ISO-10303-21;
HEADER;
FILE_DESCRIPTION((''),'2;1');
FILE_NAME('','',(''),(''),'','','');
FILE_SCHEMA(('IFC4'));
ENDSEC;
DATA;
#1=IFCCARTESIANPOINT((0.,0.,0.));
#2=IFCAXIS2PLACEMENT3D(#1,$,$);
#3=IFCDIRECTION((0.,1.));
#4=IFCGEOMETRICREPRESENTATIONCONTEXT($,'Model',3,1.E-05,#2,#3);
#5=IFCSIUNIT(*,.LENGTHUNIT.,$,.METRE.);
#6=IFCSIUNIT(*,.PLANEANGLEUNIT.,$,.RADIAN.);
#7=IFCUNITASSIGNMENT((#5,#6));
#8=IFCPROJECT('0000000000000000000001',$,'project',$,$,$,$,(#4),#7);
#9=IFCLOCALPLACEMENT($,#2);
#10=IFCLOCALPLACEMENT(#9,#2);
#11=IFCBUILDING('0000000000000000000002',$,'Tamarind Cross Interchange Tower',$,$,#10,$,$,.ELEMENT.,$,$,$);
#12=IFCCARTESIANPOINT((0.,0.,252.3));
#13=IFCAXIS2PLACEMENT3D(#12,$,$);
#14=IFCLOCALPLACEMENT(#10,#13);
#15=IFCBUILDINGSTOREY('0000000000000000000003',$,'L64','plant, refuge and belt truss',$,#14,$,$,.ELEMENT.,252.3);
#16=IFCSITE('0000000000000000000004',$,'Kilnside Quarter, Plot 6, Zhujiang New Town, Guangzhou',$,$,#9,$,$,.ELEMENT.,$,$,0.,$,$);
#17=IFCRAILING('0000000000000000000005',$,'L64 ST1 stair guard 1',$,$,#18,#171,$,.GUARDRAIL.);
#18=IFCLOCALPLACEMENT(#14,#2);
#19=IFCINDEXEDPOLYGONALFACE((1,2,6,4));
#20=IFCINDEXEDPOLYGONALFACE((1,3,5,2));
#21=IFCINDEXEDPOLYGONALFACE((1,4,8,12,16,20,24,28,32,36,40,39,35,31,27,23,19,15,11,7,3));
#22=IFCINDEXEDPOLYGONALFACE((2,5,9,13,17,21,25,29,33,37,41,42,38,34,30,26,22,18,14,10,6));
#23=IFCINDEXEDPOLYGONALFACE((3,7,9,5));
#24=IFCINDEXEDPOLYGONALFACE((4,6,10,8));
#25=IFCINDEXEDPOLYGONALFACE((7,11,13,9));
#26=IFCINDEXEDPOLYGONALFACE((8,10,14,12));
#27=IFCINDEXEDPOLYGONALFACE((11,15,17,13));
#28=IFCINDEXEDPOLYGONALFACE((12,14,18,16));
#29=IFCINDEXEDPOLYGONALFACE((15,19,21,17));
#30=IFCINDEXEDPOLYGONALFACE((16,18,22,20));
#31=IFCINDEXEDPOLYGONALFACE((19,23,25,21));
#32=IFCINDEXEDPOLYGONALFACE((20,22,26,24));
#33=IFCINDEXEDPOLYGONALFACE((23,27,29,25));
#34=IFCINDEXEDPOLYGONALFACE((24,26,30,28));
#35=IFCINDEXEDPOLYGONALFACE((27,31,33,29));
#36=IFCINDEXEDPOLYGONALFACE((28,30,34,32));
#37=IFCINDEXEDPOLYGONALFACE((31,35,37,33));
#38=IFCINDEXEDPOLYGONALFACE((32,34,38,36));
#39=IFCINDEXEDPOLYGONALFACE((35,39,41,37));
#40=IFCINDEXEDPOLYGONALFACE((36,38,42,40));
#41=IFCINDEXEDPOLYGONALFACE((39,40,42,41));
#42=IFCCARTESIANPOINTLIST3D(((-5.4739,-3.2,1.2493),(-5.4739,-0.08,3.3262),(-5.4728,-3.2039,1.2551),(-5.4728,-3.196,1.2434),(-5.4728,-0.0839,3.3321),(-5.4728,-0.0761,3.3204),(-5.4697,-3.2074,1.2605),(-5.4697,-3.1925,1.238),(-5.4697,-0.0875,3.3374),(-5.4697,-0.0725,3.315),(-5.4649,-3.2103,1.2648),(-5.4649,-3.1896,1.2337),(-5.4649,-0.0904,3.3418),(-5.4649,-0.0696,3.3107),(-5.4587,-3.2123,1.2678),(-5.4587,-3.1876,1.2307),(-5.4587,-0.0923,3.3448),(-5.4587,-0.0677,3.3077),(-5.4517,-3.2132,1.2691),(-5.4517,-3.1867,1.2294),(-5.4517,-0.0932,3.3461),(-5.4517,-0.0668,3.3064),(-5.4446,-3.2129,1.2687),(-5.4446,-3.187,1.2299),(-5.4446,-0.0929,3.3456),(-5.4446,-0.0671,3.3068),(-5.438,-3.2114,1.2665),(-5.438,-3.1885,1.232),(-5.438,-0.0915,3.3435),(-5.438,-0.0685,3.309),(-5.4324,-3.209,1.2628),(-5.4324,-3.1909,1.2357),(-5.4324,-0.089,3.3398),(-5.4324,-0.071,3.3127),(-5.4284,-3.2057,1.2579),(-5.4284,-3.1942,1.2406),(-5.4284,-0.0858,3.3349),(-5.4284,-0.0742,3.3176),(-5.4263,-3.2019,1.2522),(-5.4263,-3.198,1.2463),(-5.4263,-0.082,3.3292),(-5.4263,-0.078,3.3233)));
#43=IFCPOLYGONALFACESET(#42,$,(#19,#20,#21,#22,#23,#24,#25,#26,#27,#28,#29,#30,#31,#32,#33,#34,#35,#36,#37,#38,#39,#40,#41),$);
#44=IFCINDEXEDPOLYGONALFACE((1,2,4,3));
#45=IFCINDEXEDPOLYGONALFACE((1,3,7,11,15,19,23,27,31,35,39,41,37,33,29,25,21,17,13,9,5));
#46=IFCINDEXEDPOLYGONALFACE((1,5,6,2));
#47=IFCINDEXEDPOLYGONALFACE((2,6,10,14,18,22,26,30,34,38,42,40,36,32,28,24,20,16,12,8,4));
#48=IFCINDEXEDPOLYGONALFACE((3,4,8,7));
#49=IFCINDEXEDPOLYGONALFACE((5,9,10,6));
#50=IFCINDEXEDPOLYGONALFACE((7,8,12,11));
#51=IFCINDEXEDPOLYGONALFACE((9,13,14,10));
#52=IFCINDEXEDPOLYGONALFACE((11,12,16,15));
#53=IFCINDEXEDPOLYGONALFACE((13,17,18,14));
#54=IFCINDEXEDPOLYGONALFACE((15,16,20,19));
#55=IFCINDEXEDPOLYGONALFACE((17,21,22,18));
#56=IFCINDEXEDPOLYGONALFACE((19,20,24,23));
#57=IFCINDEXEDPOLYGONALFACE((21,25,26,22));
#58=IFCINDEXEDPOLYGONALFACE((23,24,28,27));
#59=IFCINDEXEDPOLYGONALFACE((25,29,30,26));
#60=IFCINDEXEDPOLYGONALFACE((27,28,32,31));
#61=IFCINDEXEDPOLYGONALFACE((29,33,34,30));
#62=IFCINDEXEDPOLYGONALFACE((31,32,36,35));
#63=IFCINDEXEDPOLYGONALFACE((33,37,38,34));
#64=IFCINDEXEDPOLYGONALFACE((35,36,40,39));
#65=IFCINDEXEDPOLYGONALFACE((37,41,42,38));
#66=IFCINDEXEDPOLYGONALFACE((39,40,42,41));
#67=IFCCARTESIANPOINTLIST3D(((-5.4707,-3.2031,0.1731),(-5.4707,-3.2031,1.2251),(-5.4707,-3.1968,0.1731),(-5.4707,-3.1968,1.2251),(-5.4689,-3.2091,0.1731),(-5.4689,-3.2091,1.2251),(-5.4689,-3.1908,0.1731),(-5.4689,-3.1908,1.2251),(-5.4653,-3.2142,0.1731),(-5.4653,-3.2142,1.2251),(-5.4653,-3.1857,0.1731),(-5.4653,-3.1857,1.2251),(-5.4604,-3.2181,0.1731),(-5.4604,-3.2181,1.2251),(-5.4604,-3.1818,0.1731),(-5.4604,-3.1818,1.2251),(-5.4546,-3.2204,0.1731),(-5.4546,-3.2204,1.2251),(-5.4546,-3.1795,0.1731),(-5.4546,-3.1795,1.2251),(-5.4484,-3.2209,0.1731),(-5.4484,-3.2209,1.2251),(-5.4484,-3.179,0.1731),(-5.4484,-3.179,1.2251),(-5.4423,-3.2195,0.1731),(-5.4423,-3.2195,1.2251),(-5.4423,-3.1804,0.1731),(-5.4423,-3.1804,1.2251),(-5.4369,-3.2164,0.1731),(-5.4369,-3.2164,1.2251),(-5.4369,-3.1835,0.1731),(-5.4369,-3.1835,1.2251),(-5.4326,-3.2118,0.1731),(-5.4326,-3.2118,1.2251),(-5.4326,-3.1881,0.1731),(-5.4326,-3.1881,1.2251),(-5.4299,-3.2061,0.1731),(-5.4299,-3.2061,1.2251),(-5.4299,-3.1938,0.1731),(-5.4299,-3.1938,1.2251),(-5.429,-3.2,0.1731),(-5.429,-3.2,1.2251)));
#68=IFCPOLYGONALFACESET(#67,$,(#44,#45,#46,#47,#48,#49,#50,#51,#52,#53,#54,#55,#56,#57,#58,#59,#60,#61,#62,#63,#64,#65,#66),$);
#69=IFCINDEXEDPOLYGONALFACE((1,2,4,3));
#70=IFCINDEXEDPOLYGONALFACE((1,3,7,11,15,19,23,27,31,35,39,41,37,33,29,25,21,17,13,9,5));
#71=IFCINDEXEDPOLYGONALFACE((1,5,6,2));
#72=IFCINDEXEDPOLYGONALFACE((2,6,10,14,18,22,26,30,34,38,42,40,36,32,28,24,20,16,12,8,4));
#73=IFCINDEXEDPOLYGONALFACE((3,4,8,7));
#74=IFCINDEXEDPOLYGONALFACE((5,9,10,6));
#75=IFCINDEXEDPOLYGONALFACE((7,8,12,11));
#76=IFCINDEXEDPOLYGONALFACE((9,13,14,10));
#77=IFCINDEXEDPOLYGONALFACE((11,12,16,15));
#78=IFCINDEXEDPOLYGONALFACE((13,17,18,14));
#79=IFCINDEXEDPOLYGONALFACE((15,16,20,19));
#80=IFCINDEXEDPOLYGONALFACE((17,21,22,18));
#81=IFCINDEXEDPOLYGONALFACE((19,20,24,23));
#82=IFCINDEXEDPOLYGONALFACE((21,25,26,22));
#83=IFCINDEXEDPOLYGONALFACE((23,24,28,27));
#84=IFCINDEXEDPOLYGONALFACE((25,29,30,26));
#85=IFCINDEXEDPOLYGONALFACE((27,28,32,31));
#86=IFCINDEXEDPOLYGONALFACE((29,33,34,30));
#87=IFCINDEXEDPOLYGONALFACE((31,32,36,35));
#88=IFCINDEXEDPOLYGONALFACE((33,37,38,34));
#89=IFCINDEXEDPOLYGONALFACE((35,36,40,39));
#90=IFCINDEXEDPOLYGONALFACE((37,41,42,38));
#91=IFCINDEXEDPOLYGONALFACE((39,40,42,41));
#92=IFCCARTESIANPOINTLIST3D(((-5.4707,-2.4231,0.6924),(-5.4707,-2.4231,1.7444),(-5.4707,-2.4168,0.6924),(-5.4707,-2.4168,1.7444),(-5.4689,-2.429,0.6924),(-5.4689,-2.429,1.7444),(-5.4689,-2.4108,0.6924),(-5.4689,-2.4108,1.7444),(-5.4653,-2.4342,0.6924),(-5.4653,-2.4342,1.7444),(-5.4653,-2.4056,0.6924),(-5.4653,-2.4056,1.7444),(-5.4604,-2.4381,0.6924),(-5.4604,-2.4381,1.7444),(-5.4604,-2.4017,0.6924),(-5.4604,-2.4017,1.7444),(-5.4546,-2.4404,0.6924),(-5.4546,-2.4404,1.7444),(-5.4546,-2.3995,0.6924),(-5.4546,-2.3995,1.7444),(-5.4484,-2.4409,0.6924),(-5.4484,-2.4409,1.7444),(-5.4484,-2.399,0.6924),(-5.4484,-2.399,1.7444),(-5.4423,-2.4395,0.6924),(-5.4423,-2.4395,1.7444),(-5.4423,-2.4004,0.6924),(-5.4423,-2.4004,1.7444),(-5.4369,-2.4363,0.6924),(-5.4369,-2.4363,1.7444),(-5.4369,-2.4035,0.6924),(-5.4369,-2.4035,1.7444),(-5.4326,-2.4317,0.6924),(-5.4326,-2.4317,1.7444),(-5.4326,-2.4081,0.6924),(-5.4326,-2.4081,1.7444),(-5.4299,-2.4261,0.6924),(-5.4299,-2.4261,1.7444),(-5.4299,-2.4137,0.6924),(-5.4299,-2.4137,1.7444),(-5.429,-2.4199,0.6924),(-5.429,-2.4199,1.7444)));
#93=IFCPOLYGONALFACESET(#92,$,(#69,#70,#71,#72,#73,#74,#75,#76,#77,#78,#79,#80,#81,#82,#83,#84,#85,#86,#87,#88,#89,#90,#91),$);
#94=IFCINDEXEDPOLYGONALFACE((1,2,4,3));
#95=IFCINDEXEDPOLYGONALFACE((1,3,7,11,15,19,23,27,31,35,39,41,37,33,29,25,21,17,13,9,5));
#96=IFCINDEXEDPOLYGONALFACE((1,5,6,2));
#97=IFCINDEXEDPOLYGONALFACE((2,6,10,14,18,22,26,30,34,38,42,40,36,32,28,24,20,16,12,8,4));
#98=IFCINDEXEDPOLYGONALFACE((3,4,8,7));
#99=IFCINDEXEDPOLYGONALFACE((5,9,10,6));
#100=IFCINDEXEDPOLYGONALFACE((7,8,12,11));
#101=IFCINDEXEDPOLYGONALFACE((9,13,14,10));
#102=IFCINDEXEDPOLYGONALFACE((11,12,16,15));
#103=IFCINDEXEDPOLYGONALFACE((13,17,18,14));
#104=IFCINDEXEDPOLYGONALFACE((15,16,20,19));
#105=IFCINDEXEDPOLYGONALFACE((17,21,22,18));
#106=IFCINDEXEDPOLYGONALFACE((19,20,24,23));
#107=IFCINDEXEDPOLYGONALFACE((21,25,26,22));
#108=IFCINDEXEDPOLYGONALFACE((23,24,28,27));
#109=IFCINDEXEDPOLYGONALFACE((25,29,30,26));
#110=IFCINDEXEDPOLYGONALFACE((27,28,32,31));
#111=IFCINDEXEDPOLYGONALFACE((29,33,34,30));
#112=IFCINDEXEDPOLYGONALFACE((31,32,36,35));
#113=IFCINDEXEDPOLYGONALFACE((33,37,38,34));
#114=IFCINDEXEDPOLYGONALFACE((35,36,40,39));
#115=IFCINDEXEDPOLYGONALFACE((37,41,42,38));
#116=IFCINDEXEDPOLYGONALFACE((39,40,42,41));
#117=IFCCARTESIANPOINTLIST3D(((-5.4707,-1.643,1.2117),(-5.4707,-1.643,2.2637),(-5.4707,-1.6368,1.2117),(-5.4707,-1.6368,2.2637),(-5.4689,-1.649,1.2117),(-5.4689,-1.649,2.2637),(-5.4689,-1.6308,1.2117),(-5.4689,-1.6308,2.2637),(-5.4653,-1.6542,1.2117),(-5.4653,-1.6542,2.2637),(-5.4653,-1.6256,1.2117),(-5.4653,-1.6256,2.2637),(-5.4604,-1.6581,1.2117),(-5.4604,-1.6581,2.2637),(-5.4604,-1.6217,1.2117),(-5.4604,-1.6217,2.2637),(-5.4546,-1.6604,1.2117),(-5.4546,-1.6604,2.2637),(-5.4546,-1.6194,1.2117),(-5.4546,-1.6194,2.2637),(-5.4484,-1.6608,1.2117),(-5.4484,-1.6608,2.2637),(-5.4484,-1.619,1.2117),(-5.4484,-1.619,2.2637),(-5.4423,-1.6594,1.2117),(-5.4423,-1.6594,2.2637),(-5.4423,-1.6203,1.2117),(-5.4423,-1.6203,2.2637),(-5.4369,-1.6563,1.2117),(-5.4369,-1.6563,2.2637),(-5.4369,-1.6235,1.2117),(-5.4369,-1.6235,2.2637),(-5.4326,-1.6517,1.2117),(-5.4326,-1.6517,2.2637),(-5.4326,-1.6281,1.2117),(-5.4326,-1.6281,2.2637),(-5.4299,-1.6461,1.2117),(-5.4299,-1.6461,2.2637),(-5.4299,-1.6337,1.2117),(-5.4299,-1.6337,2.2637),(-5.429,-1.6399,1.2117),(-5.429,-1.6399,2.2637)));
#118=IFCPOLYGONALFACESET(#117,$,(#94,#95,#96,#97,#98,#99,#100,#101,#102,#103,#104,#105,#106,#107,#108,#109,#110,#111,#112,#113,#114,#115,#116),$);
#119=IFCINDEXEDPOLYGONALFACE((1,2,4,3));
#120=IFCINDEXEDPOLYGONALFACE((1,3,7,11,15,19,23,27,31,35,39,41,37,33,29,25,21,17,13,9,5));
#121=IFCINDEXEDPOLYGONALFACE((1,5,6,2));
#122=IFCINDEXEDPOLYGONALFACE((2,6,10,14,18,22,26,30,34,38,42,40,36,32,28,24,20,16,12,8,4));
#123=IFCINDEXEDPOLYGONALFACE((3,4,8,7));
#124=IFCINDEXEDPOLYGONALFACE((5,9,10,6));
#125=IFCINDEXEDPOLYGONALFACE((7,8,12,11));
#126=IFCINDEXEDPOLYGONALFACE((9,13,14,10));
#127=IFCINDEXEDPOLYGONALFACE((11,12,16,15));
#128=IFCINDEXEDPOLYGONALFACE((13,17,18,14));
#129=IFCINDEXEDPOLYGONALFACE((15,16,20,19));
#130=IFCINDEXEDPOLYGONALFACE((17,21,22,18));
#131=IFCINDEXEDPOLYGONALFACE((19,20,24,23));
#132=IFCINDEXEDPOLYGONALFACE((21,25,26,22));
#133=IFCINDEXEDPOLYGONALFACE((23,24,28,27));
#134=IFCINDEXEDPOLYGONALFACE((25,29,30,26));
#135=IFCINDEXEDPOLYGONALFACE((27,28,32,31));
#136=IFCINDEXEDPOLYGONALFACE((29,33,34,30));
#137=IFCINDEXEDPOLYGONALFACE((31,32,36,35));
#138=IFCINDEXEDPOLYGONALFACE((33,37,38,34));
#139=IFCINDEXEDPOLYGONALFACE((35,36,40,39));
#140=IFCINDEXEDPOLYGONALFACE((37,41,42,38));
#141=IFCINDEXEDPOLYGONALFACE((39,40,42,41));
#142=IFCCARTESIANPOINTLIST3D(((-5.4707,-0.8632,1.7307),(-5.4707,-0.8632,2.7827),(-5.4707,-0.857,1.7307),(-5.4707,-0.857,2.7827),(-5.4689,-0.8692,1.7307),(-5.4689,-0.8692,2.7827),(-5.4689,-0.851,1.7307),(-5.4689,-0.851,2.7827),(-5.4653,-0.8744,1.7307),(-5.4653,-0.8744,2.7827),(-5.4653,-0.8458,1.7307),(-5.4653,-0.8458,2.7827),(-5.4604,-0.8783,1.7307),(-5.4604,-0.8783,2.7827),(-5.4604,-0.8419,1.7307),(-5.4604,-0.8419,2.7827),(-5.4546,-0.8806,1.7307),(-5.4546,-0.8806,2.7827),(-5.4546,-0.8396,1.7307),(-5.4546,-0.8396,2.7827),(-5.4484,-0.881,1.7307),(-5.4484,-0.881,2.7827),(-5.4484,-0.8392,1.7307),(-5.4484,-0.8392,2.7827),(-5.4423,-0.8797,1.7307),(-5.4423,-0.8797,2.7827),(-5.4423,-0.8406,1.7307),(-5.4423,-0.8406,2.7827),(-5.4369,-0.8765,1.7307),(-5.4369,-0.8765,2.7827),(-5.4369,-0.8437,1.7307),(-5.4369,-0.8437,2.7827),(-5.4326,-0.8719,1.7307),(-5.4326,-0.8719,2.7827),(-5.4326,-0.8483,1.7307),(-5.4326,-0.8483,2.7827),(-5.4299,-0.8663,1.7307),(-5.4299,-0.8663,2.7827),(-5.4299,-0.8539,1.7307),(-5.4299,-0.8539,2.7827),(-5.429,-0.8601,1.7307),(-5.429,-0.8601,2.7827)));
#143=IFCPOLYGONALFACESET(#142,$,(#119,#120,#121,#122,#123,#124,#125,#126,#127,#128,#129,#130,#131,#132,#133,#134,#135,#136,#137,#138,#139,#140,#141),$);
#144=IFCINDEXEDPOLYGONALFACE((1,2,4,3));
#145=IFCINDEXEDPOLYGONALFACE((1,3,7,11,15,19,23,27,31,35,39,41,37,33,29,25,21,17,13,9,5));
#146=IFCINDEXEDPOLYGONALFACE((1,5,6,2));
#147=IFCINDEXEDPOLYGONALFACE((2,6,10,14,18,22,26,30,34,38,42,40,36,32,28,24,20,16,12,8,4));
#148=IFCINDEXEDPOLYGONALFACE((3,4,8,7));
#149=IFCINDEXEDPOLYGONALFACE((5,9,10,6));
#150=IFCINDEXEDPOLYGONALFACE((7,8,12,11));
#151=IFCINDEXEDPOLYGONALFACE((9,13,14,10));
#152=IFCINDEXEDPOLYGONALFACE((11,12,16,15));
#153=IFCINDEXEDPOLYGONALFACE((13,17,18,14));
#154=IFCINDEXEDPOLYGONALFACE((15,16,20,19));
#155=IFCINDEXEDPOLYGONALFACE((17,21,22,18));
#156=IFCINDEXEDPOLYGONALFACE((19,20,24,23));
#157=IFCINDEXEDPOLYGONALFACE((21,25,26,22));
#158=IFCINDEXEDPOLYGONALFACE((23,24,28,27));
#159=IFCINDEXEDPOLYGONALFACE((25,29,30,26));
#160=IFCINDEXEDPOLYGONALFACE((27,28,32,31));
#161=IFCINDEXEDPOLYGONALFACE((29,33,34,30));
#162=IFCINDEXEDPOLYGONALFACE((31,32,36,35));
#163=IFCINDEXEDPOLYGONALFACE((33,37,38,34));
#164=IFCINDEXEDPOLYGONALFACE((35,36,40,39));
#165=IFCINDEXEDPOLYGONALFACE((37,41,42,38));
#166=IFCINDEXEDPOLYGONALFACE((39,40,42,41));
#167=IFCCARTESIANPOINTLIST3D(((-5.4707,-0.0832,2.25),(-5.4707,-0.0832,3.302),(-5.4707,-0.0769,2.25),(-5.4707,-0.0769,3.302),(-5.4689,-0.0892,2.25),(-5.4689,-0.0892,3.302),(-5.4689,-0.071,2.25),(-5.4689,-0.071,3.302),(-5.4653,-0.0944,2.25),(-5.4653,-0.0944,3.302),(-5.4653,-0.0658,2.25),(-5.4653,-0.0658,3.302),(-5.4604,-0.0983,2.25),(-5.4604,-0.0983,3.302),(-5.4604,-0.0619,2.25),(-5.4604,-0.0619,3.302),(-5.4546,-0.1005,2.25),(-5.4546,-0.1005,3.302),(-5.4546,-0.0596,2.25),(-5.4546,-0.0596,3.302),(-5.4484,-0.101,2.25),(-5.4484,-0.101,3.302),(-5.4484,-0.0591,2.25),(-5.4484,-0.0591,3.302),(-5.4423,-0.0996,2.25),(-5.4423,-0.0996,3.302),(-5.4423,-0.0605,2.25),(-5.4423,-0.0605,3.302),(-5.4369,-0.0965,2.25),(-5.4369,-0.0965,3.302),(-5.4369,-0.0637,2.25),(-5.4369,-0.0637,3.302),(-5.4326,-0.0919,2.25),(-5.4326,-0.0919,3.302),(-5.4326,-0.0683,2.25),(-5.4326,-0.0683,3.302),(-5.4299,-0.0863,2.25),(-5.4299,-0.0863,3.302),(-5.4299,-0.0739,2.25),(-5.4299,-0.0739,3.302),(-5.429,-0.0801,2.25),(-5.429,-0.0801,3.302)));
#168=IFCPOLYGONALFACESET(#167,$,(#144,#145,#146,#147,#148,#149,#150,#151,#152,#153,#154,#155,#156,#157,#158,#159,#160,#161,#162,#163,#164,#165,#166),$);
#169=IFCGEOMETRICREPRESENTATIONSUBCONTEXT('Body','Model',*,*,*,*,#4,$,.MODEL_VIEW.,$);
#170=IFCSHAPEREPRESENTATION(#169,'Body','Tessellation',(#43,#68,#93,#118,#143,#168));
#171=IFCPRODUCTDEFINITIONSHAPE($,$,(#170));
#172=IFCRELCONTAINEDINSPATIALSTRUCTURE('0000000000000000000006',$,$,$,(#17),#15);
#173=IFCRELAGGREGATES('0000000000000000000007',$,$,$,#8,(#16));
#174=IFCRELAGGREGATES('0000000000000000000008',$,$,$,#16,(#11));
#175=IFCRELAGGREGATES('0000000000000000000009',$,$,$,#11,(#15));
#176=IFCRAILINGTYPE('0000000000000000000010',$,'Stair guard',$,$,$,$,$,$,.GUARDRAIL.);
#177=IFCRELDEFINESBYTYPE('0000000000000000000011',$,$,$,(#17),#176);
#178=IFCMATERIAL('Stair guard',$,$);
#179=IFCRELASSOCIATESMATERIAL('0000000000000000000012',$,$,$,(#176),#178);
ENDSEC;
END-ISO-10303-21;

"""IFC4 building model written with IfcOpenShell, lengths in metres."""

from ifc_helpers import new_model, si_unit, direction, frame, origin, origin_2d, place, context, subcontext, project, spatial, circle, extrude, material, type_object, element, save


model = new_model("IFC4")

# Units and contexts
model_context = context("Model", 3, precision=1e-05, world=origin(), true_north=direction((0.0, 1.0)))
body_context = subcontext(model_context, "Body", "Model", "MODEL_VIEW")
ifc_project = project(units=[si_unit("LENGTHUNIT", "METRE"), si_unit("PLANEANGLEUNIT", "RADIAN")], contexts=[model_context])

# Site, building, storey
site_placement = place(None, origin())
site = spatial("IfcSite", under=ifc_project, at=site_placement, Name="Kilnside Quarter, Plot 6, Zhujiang New Town, Guangzhou", CompositionType="ELEMENT", RefElevation=0.0)
building_placement = place(site_placement, origin())
building = spatial("IfcBuilding", under=site, at=building_placement, Name="Tamarind Cross Interchange Tower", CompositionType="ELEMENT")
storey_placement = place(building_placement, frame((0.0, 0.0, 252.3)))
storey = spatial("IfcBuildingStorey", under=building, at=storey_placement, Name="L64", Description="plant, refuge and belt truss", CompositionType="ELEMENT", Elevation=252.3)

# Railing
ifc_material_1 = material(Name="Stair guard")
railing_type_1 = type_object("IfcRailingType", Name="Stair guard", PredefinedType="GUARDRAIL", material=ifc_material_1)
railing_1_placement = place(storey_placement, frame((-5.45, -3.2, 0.1731)))
element("IfcRailing", 1, at=railing_1_placement, inside=storey, type_object=railing_type_1, Name="L64 ST1 stair guard 1", PredefinedType="GUARDRAIL", context=body_context, shape_type="SweptSolid", body=[
    extrude(circle(Radius=0.0239, at=origin_2d()), frame((0.0, 0.0, 1.0762), z_axis=(0.0, 0.832421, 0.554144), x_axis=(-1.0, 0.0, 0.0)), (0.0, 0.0, 1.0), 3.748),
    extrude(circle(Radius=0.021, at=origin_2d()), origin(), (0.0, 0.0, 1.0), 1.052),
    extrude(circle(Radius=0.021, at=origin_2d()), frame((0.0, 0.78, 0.5193)), (0.0, 0.0, 1.0), 1.052),
    extrude(circle(Radius=0.021, at=origin_2d()), frame((0.0, 1.5601, 1.0386)), (0.0, 0.0, 1.0), 1.052),
    extrude(circle(Radius=0.021, at=origin_2d()), frame((0.0, 2.3398, 1.5576)), (0.0, 0.0, 1.0), 1.052),
    extrude(circle(Radius=0.021, at=origin_2d()), frame((0.0, 3.1199, 2.0769)), (0.0, 0.0, 1.0), 1.052),
])

save(model, "model.ifc")
